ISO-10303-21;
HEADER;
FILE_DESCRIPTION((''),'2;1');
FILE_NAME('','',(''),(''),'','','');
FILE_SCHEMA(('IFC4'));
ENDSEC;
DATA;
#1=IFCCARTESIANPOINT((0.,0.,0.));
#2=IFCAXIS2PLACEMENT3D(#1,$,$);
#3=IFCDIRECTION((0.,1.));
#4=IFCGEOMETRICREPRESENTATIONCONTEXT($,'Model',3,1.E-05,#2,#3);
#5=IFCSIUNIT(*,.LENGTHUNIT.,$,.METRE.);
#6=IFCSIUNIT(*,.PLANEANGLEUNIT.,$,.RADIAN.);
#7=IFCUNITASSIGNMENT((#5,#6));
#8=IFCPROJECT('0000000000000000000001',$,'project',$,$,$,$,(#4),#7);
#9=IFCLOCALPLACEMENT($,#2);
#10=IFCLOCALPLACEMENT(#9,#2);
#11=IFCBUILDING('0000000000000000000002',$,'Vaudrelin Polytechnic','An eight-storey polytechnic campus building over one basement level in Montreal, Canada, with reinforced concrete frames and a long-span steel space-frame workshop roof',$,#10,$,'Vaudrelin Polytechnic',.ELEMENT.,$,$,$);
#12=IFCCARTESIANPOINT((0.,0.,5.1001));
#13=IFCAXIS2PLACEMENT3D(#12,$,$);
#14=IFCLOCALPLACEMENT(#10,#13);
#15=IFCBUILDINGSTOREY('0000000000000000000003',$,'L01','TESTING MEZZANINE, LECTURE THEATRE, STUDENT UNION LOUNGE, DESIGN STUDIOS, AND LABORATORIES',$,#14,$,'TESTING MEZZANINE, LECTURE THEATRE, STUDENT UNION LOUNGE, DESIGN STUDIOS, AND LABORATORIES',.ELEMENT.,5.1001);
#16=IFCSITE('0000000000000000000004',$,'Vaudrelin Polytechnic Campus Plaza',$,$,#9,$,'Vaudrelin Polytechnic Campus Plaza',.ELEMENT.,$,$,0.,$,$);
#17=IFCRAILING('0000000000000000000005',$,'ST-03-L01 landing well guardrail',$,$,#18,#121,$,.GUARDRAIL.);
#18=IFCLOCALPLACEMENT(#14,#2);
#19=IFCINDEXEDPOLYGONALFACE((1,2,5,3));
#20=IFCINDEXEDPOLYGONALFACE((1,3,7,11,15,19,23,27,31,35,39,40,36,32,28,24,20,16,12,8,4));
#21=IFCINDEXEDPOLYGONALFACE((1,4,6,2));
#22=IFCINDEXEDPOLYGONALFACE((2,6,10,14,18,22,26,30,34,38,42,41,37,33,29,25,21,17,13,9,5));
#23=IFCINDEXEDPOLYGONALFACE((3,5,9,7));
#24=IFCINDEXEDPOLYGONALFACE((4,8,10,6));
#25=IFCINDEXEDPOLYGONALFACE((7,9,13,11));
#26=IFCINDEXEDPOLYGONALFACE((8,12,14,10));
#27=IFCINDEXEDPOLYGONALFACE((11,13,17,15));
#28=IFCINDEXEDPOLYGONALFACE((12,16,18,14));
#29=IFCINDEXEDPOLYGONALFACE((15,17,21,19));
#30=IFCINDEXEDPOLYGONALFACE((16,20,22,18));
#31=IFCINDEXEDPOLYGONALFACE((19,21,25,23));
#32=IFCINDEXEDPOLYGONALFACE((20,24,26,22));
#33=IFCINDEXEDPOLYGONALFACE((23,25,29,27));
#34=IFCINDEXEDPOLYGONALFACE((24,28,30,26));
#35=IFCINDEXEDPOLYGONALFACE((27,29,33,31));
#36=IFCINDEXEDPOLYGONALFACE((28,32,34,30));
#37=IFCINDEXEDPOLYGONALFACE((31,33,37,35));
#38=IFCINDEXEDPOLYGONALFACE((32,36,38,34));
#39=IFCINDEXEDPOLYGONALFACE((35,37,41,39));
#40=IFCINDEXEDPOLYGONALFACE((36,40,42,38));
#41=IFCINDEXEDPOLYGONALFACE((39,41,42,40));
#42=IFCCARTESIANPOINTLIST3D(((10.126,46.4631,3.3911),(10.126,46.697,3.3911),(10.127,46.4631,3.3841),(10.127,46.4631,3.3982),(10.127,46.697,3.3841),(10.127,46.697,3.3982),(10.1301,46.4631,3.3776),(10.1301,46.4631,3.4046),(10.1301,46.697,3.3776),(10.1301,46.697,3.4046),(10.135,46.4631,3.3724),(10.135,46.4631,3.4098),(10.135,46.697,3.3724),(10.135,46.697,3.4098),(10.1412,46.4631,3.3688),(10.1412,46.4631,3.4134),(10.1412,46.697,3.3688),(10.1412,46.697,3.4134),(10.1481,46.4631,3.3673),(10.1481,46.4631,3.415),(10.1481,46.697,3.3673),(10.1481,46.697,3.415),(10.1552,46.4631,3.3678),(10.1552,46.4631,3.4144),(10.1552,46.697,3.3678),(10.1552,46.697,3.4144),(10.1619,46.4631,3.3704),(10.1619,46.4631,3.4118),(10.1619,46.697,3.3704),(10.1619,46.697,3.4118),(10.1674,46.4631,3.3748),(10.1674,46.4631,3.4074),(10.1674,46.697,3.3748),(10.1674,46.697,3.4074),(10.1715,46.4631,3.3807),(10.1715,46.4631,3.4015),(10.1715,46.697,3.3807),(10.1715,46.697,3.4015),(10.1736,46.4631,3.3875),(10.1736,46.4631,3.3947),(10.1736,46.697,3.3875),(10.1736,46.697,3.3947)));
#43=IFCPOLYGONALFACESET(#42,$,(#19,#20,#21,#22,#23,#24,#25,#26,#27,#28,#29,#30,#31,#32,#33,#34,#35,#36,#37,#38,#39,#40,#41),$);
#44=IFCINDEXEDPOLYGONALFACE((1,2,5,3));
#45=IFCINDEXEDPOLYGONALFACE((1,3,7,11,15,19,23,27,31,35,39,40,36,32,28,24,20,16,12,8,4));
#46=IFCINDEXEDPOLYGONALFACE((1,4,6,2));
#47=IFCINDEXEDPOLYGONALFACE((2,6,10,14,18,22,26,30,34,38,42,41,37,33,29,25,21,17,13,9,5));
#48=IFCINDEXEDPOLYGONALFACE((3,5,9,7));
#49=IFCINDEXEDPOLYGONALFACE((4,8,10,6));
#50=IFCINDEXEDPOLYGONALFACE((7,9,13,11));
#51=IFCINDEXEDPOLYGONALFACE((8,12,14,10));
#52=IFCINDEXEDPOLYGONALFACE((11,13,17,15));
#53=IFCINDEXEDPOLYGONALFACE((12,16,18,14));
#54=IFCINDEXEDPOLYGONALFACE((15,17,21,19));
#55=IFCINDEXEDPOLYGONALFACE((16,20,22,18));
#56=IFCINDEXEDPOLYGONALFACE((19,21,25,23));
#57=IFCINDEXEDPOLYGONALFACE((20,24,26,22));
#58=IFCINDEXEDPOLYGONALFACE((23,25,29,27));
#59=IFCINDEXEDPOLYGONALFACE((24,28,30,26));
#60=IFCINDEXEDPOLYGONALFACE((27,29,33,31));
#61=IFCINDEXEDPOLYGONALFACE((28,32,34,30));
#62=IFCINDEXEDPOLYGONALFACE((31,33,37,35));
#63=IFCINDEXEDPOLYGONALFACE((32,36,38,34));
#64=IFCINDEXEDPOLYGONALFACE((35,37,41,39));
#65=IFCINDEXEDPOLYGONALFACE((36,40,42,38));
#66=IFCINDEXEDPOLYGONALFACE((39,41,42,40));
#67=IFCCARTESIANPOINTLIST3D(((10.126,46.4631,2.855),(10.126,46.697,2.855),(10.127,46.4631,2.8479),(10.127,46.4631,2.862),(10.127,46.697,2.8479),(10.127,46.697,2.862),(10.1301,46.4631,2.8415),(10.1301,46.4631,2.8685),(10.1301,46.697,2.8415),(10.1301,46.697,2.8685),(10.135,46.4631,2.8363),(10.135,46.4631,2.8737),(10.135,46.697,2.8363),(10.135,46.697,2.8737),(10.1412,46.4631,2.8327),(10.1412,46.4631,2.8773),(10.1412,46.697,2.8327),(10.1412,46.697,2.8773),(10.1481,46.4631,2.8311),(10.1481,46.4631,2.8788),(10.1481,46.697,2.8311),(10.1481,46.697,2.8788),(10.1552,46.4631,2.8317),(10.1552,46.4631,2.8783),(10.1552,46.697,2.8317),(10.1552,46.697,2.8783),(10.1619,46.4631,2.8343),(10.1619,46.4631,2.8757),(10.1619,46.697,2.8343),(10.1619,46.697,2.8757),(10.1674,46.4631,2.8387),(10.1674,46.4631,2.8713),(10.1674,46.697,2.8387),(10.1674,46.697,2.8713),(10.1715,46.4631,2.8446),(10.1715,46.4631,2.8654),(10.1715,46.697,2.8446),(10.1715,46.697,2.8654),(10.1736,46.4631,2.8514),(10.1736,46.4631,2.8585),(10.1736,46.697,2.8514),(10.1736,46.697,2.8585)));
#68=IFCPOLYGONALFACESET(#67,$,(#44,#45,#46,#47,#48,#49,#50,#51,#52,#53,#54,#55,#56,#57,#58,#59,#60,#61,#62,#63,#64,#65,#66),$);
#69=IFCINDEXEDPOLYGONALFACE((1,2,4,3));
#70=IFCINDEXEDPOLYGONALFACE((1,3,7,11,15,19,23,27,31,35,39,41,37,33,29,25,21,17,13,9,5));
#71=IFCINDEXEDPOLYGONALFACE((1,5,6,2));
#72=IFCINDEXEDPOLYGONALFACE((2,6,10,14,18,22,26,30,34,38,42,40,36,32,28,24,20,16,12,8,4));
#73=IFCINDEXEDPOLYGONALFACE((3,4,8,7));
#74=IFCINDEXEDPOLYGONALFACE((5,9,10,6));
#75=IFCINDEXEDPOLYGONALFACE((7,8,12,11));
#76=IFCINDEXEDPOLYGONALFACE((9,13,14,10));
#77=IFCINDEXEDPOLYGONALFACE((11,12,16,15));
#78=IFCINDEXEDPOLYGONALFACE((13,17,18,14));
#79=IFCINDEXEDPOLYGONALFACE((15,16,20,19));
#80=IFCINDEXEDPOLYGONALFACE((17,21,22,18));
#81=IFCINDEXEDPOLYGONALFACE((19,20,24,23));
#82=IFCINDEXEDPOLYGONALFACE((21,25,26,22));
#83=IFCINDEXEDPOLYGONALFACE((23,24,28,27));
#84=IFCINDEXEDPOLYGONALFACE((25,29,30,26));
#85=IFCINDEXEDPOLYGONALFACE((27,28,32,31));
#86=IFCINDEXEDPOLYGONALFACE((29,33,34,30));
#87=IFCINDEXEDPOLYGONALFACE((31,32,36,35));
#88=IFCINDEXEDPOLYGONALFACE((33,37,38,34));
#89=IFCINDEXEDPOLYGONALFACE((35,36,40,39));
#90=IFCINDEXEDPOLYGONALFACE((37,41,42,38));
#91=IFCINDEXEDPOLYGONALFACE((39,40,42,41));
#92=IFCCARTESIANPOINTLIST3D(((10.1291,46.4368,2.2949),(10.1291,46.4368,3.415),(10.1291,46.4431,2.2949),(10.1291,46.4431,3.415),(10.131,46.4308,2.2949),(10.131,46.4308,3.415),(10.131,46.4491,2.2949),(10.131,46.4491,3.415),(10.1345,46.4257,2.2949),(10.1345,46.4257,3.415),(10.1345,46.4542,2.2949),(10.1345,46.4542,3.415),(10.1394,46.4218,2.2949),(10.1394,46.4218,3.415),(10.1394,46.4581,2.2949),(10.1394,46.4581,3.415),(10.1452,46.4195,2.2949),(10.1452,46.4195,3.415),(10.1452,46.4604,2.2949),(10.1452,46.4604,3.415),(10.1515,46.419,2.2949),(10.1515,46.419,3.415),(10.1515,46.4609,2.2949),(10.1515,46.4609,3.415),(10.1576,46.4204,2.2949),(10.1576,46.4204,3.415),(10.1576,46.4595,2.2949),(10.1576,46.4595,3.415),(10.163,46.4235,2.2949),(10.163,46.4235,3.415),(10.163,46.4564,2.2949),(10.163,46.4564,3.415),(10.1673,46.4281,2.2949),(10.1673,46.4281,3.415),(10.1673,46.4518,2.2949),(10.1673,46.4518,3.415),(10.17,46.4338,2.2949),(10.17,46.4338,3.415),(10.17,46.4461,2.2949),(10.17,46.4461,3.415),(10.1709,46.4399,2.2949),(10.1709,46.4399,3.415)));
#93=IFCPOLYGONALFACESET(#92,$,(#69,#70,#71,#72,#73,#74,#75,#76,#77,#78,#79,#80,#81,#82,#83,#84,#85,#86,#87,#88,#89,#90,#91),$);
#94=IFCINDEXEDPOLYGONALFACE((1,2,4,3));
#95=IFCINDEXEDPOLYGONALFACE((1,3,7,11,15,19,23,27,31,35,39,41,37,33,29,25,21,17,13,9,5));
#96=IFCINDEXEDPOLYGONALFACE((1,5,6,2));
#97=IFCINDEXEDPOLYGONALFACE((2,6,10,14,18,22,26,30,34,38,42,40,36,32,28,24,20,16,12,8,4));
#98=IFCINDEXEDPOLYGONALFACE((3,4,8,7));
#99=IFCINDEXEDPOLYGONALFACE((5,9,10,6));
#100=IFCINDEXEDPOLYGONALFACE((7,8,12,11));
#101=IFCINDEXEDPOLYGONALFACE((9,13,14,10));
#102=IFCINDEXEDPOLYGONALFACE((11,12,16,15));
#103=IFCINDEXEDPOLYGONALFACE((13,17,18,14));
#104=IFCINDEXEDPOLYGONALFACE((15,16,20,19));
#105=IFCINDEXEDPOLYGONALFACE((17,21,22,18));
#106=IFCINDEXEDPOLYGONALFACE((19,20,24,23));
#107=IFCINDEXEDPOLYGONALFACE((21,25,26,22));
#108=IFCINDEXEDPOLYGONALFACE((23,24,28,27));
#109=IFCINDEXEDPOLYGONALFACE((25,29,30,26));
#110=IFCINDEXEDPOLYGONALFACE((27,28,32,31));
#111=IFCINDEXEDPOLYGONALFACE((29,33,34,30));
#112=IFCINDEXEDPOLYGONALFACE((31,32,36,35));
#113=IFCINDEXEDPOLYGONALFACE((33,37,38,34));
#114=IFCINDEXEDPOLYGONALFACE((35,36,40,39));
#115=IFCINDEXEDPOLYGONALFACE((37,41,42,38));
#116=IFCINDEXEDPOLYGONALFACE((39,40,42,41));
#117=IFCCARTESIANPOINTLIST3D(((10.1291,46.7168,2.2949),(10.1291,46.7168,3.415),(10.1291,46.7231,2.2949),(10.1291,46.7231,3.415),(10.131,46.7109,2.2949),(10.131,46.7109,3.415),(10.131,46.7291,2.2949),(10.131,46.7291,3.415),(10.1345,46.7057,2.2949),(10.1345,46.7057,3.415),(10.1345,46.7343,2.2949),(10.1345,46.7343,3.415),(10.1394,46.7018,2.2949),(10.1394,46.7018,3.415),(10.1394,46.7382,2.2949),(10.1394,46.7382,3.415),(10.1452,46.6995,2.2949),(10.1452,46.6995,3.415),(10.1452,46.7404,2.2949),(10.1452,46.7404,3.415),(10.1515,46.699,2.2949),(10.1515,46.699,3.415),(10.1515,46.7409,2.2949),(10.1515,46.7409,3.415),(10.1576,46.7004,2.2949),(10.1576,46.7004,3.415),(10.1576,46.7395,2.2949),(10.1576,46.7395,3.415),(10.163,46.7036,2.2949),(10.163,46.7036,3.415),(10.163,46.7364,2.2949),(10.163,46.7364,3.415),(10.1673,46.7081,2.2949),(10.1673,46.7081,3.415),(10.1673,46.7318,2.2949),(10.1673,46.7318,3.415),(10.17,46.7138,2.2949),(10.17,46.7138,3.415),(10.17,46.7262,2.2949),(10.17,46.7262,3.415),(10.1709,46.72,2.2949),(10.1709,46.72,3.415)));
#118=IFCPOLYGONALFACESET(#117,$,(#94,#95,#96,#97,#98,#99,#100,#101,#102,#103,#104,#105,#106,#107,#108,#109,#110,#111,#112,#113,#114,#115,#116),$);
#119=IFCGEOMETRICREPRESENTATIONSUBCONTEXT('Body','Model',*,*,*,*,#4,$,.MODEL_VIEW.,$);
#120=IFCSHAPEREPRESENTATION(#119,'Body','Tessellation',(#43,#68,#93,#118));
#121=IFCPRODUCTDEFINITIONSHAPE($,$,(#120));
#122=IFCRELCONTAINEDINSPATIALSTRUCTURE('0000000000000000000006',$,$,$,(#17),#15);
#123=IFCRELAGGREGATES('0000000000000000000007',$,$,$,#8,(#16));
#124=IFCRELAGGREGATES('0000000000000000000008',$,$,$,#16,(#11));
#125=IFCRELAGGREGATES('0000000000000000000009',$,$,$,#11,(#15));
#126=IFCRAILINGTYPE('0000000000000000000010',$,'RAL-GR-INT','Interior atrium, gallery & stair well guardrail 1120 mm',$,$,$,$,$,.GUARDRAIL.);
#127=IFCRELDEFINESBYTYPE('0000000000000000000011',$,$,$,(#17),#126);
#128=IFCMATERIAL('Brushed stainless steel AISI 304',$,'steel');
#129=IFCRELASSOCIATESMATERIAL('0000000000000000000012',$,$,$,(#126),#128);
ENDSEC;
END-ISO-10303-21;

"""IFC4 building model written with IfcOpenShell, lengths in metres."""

from ifc_helpers import new_model, si_unit, direction, frame, origin, origin_2d, place, context, subcontext, project, spatial, circle, extrude, material, type_object, element, save


model = new_model("IFC4")

# Units and contexts
model_context = context("Model", 3, precision=1e-05, world=origin(), true_north=direction((0.0, 1.0)))
body_context = subcontext(model_context, "Body", "Model", "MODEL_VIEW")
ifc_project = project(units=[si_unit("LENGTHUNIT", "METRE"), si_unit("PLANEANGLEUNIT", "RADIAN")], contexts=[model_context])

# Site, building, storey
site_placement = place(None, origin())
site = spatial("IfcSite", under=ifc_project, at=site_placement, Name="Vaudrelin Polytechnic Campus Plaza", LongName="Vaudrelin Polytechnic Campus Plaza", CompositionType="ELEMENT", RefElevation=0.0)
building_placement = place(site_placement, origin())
building = spatial("IfcBuilding", under=site, at=building_placement, Name="Vaudrelin Polytechnic", Description="An eight-storey polytechnic campus building over one basement level in Montreal, Canada, with reinforced concrete frames and a long-span steel space-frame workshop roof", LongName="Vaudrelin Polytechnic", CompositionType="ELEMENT")
storey_placement = place(building_placement, frame((0.0, 0.0, 5.1001)))
storey = spatial("IfcBuildingStorey", under=building, at=storey_placement, Name="L01", Description="TESTING MEZZANINE, LECTURE THEATRE, STUDENT UNION LOUNGE, DESIGN STUDIOS, AND LABORATORIES", LongName="TESTING MEZZANINE, LECTURE THEATRE, STUDENT UNION LOUNGE, DESIGN STUDIOS, AND LABORATORIES", CompositionType="ELEMENT", Elevation=5.1001)

# Shared definitions
ifc_material_1 = material(Name="Brushed stainless steel AISI 304", Category="steel")

# Railing
railing_type_1 = type_object("IfcRailingType", Name="RAL-GR-INT", Description="Interior atrium, gallery & stair well guardrail 1120 mm", PredefinedType="GUARDRAIL", material=ifc_material_1)
railing_1_placement = place(storey_placement, frame((10.1499, 46.4399, 2.2949)))
element("IfcRailing", 1, at=railing_1_placement, inside=storey, type_object=railing_type_1, Name="ST-03-L01 landing well guardrail", PredefinedType="GUARDRAIL", context=body_context, shape_type="SweptSolid", body=[
    extrude(circle(Radius=0.0239, at=origin_2d()), frame((0.0, 0.0232, 1.0962), z_axis=(0.0, 1.0, 0.0), x_axis=(-1.0, 0.0, 0.0)), (0.0, 0.0, 1.0), 0.2339),
    extrude(circle(Radius=0.0239, at=origin_2d()), frame((0.0, 0.0232, 0.5601), z_axis=(0.0, 1.0, 0.0), x_axis=(-1.0, 0.0, 0.0)), (0.0, 0.0, 1.0), 0.2339),
    extrude(circle(Radius=0.021, at=origin_2d()), origin(), (0.0, 0.0, 1.0), 1.1201),
    extrude(circle(Radius=0.021, at=origin_2d()), frame((0.0, 0.28, 0.0)), (0.0, 0.0, 1.0), 1.1201),
])

save(model, "model.ifc")
